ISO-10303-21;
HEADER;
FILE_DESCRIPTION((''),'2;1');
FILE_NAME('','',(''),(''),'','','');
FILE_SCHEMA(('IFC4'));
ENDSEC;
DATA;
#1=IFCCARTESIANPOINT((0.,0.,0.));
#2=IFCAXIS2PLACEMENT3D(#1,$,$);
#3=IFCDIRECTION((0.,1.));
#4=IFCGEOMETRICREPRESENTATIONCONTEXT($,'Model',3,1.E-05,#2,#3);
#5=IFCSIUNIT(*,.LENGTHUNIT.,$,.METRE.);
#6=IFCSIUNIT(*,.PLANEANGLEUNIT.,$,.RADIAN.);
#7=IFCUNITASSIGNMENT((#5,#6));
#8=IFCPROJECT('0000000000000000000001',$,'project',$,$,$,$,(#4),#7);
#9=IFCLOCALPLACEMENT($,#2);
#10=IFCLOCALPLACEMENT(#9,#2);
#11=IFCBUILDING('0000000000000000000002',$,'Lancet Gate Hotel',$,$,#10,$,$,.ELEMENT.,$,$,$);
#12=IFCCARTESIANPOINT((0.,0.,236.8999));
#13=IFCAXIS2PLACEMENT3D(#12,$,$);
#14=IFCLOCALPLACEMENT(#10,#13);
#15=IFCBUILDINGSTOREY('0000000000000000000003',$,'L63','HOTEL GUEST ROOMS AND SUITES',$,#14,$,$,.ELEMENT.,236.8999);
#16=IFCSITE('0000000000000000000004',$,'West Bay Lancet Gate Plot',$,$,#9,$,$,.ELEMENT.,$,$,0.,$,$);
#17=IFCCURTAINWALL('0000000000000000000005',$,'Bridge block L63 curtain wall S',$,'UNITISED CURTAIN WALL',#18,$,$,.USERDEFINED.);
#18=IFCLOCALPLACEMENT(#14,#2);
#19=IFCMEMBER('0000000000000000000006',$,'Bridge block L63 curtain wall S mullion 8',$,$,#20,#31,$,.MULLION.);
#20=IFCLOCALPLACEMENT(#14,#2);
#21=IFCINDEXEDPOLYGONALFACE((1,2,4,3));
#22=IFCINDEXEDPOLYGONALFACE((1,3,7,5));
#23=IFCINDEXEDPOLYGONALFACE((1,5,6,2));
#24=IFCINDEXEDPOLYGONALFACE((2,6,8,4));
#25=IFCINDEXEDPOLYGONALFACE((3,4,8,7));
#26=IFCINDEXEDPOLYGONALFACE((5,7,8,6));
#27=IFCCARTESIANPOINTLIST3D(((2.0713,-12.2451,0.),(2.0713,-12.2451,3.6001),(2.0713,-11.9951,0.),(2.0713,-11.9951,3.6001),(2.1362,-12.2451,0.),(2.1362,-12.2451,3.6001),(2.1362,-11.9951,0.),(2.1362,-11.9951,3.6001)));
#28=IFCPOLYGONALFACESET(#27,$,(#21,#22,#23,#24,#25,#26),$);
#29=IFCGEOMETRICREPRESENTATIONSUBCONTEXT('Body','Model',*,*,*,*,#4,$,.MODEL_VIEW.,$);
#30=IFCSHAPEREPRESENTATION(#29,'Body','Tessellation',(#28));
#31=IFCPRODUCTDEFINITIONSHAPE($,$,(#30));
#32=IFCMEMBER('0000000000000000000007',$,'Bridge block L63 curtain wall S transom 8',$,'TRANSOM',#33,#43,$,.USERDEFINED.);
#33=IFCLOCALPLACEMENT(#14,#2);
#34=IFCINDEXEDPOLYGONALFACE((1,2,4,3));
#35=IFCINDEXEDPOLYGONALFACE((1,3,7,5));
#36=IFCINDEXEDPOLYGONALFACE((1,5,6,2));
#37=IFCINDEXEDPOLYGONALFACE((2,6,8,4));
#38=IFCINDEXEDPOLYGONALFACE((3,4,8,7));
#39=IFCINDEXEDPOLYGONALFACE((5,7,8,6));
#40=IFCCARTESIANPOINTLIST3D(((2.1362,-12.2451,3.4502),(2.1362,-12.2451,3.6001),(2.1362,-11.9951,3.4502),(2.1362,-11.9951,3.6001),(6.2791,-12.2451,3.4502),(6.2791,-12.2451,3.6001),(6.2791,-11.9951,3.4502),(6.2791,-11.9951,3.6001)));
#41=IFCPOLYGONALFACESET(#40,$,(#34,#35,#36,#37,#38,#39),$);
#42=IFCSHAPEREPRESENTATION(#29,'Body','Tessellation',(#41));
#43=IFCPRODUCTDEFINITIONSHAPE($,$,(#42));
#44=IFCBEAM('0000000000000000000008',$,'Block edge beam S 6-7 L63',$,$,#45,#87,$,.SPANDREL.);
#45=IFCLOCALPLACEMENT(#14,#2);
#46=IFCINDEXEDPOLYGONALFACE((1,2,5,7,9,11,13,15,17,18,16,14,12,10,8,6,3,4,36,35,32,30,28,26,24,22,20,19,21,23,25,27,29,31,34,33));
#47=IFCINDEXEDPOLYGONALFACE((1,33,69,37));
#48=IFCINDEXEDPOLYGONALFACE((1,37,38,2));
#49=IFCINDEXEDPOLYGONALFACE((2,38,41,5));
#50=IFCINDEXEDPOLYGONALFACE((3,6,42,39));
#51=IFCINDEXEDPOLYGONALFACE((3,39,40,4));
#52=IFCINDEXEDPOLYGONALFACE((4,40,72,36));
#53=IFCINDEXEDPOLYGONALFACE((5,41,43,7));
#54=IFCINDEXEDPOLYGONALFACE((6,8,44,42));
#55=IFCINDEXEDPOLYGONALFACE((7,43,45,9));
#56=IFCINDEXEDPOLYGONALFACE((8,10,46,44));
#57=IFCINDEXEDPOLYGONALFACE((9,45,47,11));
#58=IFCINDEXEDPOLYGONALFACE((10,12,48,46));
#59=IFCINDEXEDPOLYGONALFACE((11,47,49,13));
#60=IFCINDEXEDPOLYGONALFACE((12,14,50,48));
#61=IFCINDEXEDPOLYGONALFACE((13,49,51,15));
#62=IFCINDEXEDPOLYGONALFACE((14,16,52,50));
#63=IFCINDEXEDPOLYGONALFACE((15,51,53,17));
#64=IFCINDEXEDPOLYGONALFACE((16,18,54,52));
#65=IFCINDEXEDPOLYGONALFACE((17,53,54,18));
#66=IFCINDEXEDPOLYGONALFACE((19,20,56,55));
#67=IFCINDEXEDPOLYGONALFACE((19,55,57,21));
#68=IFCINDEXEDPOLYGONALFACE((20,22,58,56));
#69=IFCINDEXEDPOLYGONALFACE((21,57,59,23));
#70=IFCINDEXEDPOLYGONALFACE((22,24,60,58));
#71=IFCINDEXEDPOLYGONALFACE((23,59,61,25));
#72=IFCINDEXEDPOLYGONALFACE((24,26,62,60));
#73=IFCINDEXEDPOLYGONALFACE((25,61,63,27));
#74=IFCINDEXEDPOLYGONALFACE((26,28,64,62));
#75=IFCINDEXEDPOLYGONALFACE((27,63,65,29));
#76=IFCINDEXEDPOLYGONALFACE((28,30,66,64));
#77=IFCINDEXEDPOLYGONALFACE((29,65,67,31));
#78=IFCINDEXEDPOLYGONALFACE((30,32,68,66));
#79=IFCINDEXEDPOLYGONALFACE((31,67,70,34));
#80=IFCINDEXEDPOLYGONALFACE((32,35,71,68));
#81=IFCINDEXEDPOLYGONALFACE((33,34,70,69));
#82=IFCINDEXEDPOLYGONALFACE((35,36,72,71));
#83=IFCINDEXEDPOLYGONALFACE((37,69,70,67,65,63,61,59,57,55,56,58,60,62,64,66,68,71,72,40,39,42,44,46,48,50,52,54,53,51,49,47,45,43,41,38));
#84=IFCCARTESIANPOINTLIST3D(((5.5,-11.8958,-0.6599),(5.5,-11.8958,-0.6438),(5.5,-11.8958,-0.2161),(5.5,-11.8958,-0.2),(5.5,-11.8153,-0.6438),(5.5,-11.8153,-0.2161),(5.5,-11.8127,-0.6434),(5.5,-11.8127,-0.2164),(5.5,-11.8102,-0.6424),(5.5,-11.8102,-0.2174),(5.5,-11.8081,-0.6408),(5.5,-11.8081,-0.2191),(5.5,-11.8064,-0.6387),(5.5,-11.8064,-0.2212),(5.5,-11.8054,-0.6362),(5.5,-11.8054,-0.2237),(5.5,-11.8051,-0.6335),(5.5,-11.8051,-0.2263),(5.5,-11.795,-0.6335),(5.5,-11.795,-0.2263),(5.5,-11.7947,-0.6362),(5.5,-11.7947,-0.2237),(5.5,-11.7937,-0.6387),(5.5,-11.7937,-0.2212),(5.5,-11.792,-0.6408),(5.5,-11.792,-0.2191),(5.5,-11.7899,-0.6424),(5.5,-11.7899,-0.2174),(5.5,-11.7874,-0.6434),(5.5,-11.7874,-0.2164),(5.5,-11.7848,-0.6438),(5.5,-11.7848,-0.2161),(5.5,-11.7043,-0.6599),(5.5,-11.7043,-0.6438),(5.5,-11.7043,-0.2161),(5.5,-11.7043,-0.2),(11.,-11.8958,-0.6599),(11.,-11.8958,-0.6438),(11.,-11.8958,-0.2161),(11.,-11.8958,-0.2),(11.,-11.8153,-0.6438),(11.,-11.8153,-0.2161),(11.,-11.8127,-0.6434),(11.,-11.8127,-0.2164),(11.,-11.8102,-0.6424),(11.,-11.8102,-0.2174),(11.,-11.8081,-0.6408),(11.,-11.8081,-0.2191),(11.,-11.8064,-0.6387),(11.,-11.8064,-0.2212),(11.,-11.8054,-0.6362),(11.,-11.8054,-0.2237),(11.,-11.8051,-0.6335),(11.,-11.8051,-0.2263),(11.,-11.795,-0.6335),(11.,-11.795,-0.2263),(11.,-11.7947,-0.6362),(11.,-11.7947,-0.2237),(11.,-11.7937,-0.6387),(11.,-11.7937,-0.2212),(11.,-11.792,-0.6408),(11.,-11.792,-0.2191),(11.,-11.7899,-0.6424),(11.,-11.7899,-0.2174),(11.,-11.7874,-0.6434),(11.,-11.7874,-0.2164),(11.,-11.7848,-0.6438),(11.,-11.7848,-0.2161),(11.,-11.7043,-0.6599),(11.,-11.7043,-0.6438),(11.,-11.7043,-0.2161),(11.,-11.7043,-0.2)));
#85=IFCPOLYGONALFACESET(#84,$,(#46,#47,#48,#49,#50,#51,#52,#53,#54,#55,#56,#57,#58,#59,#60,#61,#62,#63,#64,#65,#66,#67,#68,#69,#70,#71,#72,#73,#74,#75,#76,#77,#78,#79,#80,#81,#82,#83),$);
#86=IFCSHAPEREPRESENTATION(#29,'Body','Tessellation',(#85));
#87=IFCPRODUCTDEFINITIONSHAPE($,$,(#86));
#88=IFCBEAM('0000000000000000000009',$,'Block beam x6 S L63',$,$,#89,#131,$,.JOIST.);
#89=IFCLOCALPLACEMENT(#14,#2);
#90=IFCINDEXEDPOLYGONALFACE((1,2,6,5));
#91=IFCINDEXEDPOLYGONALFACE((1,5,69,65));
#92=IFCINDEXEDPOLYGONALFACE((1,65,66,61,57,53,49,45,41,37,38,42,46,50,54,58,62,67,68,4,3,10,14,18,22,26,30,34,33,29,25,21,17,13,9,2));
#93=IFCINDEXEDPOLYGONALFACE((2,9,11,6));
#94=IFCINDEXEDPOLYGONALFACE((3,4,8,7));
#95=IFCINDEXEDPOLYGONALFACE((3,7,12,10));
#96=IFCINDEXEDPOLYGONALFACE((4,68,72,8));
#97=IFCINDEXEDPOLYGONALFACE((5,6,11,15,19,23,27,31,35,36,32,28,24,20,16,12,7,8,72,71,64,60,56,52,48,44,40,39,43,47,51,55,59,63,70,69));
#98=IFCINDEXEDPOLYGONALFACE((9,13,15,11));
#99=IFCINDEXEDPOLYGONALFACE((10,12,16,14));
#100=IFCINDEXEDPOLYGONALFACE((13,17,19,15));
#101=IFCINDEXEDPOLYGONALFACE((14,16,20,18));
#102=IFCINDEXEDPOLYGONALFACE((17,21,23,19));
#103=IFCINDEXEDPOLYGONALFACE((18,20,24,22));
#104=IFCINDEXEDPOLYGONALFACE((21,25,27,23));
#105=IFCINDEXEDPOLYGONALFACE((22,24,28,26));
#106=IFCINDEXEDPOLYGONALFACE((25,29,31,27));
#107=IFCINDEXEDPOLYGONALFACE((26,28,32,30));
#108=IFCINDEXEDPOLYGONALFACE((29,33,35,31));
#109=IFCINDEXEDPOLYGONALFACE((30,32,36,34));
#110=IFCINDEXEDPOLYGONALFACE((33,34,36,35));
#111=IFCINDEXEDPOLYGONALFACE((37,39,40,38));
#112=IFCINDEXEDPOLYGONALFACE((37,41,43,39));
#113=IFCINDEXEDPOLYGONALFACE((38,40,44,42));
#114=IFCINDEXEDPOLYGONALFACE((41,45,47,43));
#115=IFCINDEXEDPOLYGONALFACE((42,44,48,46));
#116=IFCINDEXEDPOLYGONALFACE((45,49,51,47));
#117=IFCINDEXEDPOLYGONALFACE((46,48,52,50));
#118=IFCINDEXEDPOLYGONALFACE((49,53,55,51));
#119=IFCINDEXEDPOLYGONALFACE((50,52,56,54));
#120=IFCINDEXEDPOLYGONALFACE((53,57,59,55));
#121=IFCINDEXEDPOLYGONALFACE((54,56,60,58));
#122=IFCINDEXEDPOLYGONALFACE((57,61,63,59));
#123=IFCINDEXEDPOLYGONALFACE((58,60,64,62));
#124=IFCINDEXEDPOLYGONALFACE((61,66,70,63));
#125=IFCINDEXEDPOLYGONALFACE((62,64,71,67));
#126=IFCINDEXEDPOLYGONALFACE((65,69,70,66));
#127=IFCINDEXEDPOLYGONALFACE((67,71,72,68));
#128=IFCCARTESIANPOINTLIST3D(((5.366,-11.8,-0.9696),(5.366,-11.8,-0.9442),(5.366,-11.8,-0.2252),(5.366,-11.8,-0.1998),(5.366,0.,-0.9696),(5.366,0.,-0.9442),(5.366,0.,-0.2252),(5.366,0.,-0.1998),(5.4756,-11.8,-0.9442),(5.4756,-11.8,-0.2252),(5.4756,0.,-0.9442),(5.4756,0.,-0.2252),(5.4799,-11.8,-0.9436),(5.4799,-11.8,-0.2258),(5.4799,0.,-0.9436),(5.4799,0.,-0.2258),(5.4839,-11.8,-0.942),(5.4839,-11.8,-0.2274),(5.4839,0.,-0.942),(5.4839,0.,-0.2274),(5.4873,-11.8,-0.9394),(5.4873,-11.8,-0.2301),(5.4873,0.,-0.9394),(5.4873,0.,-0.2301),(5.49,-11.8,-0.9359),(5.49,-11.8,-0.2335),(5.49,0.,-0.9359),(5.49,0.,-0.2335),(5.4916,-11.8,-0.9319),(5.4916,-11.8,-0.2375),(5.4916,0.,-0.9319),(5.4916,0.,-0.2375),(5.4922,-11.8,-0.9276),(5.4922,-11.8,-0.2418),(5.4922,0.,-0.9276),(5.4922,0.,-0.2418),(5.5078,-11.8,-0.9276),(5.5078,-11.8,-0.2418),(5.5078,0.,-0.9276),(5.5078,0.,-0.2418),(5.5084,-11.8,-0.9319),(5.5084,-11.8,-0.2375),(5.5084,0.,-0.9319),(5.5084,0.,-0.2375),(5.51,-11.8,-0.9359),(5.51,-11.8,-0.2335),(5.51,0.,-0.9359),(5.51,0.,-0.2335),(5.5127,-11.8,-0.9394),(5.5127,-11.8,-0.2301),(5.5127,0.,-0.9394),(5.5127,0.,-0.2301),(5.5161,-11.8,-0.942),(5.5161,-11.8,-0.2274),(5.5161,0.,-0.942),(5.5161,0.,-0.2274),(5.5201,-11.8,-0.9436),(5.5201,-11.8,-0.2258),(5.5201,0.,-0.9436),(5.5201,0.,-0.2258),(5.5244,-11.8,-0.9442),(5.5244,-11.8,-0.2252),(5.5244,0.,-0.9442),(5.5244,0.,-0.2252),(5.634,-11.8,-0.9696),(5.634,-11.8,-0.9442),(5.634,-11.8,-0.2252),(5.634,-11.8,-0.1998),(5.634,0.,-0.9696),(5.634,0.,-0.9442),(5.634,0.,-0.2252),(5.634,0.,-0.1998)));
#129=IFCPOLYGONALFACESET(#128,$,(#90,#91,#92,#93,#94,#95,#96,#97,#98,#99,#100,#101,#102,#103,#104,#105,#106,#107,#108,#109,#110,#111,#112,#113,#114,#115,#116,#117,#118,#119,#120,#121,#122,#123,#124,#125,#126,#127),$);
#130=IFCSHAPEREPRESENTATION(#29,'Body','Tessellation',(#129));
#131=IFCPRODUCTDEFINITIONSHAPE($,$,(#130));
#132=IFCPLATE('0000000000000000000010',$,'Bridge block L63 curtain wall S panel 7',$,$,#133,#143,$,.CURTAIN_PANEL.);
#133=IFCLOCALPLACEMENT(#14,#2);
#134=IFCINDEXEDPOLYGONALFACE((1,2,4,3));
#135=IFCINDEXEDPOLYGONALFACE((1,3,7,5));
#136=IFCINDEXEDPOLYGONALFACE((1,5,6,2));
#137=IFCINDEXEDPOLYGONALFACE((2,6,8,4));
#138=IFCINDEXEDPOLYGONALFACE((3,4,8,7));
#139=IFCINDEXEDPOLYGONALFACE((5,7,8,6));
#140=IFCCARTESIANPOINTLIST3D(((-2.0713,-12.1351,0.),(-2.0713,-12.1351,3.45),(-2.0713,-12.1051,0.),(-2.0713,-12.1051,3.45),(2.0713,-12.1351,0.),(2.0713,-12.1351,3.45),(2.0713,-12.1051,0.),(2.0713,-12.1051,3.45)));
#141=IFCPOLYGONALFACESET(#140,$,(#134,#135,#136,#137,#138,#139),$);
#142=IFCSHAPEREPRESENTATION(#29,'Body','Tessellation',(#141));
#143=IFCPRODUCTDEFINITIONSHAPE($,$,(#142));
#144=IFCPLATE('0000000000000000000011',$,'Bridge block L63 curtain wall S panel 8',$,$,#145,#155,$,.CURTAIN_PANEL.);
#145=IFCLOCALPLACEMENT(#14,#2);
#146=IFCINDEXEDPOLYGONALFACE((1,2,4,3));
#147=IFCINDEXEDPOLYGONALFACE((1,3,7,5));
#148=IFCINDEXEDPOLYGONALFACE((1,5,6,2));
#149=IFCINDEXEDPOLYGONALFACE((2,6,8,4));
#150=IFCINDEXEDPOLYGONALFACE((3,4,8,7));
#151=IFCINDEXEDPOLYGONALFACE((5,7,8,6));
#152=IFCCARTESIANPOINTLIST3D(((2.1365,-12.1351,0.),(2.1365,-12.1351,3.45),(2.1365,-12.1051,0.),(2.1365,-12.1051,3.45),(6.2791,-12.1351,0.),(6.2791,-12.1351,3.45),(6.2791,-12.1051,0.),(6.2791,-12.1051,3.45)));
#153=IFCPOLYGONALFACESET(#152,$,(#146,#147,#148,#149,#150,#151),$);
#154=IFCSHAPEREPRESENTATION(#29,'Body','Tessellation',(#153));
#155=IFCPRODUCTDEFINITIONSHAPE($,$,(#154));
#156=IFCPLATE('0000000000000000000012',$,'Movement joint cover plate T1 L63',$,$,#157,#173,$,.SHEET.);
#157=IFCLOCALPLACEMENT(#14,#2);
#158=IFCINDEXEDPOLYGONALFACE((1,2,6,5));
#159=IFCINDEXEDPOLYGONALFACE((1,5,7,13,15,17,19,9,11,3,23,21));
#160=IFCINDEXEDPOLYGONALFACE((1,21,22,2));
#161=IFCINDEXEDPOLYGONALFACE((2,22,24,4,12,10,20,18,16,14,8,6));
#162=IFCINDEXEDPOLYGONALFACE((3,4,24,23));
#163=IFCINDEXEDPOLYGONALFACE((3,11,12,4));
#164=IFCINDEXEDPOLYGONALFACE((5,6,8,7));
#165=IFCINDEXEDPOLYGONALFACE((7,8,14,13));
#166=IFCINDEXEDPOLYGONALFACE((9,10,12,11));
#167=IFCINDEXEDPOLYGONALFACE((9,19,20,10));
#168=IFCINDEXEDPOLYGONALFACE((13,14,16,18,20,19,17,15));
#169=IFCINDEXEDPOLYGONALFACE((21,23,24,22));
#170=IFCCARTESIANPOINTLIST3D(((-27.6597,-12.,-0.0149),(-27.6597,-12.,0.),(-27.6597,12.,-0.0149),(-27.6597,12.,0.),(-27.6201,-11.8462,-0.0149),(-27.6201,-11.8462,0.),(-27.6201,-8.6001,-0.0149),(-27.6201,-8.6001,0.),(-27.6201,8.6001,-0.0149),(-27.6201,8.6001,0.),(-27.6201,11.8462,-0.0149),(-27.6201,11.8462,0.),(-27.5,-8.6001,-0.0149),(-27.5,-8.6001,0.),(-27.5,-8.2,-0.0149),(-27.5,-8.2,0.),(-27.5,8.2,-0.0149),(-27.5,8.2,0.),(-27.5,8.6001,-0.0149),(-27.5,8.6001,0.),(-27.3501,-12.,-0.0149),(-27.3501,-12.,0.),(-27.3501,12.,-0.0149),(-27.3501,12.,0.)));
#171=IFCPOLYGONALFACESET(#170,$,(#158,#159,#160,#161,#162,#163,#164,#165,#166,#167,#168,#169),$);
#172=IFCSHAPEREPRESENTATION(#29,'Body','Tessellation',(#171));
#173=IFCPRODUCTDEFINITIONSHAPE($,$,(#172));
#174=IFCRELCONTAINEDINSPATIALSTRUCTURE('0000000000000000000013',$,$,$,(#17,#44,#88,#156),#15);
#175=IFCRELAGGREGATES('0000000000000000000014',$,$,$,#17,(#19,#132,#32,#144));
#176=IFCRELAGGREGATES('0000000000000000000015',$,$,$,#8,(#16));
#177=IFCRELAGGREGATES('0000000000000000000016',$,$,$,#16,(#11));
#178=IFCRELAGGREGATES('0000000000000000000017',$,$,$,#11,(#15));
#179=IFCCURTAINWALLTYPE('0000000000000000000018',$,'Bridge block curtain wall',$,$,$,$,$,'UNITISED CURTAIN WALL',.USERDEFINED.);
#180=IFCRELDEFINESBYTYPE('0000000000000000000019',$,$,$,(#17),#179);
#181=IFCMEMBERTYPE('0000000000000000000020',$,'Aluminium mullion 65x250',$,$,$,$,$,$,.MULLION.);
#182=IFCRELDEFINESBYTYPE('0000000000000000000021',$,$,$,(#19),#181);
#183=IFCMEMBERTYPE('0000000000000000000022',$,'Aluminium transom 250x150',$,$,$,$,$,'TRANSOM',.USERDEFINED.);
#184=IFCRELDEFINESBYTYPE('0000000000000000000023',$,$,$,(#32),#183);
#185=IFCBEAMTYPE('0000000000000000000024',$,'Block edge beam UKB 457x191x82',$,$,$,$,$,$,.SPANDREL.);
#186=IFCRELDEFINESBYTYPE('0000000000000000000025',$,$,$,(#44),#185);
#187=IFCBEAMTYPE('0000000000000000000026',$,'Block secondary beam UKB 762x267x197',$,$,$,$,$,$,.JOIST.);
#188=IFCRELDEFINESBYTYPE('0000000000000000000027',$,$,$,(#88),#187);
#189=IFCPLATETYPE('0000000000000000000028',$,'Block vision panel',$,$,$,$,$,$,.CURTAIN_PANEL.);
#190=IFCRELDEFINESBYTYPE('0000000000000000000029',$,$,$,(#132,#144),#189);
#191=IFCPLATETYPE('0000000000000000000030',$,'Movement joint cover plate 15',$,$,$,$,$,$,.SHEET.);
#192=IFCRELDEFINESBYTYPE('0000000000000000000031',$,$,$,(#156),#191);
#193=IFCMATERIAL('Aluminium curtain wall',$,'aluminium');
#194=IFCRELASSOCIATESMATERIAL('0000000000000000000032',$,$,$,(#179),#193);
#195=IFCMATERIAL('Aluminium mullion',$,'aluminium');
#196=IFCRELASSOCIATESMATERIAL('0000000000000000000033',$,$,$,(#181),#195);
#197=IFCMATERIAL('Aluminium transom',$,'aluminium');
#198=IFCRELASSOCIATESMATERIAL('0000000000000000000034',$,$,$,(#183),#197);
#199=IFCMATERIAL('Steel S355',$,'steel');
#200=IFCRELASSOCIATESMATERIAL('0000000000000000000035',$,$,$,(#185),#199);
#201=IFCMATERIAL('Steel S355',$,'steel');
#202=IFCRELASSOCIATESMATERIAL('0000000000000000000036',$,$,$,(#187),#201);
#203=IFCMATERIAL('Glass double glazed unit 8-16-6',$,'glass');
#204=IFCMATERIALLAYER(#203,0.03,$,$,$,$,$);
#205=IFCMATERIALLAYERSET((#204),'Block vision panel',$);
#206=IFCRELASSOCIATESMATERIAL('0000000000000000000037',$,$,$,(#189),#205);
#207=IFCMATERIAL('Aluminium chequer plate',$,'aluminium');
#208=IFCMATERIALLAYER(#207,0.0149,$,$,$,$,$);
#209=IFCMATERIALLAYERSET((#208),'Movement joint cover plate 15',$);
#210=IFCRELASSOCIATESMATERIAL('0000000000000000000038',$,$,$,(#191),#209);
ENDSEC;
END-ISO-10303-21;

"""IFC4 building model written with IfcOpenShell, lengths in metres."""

from ifc_helpers import new_model, si_unit, direction, frame, origin, origin_2d, place, context, subcontext, project, spatial, polyline, rectangle, i_section, outline, extrude, material, layer, layer_set, material_profile, profile_set, type_object, element, aggregate, save


model = new_model("IFC4")

# Units and contexts
model_context = context("Model", 3, precision=1e-05, world=origin(), true_north=direction((0.0, 1.0)))
body_context = subcontext(model_context, "Body", "Model", "MODEL_VIEW")
ifc_project = project(units=[si_unit("LENGTHUNIT", "METRE"), si_unit("PLANEANGLEUNIT", "RADIAN")], contexts=[model_context])

# Site, building, storey
site_placement = place(None, origin())
site = spatial("IfcSite", under=ifc_project, at=site_placement, Name="West Bay Lancet Gate Plot", CompositionType="ELEMENT", RefElevation=0.0)
building_placement = place(site_placement, origin())
building = spatial("IfcBuilding", under=site, at=building_placement, Name="Lancet Gate Hotel", CompositionType="ELEMENT")
storey_placement = place(building_placement, frame((0.0, 0.0, 236.8999)))
storey = spatial("IfcBuildingStorey", under=building, at=storey_placement, Name="L63", Description="HOTEL GUEST ROOMS AND SUITES", CompositionType="ELEMENT", Elevation=236.8999)

# Curtain wall, members
ifc_material_1 = material(Name="Aluminium curtain wall", Category="aluminium")
curtain_wall_type = type_object("IfcCurtainWallType", Name="Bridge block curtain wall", ElementType="UNITISED CURTAIN WALL", PredefinedType="USERDEFINED", material=ifc_material_1)
curtain_wall_placement = place(storey_placement, origin())
curtain_wall = element("IfcCurtainWall", 1, at=curtain_wall_placement, inside=storey, type_object=curtain_wall_type, Name="Bridge block L63 curtain wall S", ObjectType="UNITISED CURTAIN WALL", PredefinedType="USERDEFINED")
ifc_material_2 = material(Name="Aluminium mullion", Category="aluminium")
ifc_material_profile_1 = material_profile(ifc_material_2, rectangle(XDim=0.0649, YDim=0.25, at=origin_2d()), Name="MULLION 65x250")
ifc_profile_set_1 = profile_set([ifc_material_profile_1], Name="Aluminium mullion")
member_type_1 = type_object("IfcMemberType", Name="Aluminium mullion 65x250", PredefinedType="MULLION", material=ifc_profile_set_1)
member_1_placement = place(storey_placement, frame((2.1038, -12.1201, 0.0), z_axis=(0.0, 0.0, 1.0), x_axis=(1.0, 0.0, 0.0)))
member_1 = element("IfcMember", 2, at=member_1_placement, type_object=member_type_1, Name="Bridge block L63 curtain wall S mullion 8", PredefinedType="MULLION", context=body_context, shape_type="SweptSolid", body=[
    extrude(rectangle(XDim=0.0649, YDim=0.25, at=origin_2d()), origin(), (0.0, 0.0, 1.0), 3.6001),
])
ifc_material_3 = material(Name="Aluminium transom", Category="aluminium")
ifc_material_profile_2 = material_profile(ifc_material_3, rectangle(XDim=0.25, YDim=0.1499, at=origin_2d()), Name="TRANSOM 250x150")
ifc_profile_set_2 = profile_set([ifc_material_profile_2], Name="Aluminium transom")
member_type_2 = type_object("IfcMemberType", Name="Aluminium transom 250x150", ElementType="TRANSOM", PredefinedType="USERDEFINED", material=ifc_profile_set_2)
member_2_placement = place(storey_placement, frame((2.1362, -12.1201, 3.5251), z_axis=(1.0, 0.0, 0.0), x_axis=(0.0, 1.0, 0.0)))
member_2 = element("IfcMember", 3, at=member_2_placement, type_object=member_type_2, Name="Bridge block L63 curtain wall S transom 8", ObjectType="TRANSOM", PredefinedType="USERDEFINED", context=body_context, shape_type="SweptSolid", body=[
    extrude(rectangle(XDim=0.25, YDim=0.1499, at=origin_2d()), origin(), (0.0, 0.0, 1.0), 4.1428),
])

# Beams
ifc_material_4 = material(Name="Steel S355", Category="steel")
ifc_material_profile_3 = material_profile(ifc_material_4, i_section(OverallWidth=0.1914, OverallDepth=0.46, WebThickness=0.01, FlangeThickness=0.0161, FilletRadius=0.0103, at=origin_2d()), Name="UKB 457x191x82")
ifc_profile_set_3 = profile_set([ifc_material_profile_3], Name="Steel S355")
beam_type_1 = type_object("IfcBeamType", Name="Block edge beam UKB 457x191x82", PredefinedType="SPANDREL", material=ifc_profile_set_3)
beam_1_placement = place(storey_placement, frame((5.5, -11.8, -0.4299), z_axis=(1.0, 0.0, 0.0), x_axis=(0.0, 1.0, 0.0)))
element("IfcBeam", 4, at=beam_1_placement, inside=storey, type_object=beam_type_1, Name="Block edge beam S 6-7 L63", PredefinedType="SPANDREL", context=body_context, shape_type="SweptSolid", body=[
    extrude(i_section(OverallWidth=0.1914, OverallDepth=0.46, WebThickness=0.01, FlangeThickness=0.0161, FilletRadius=0.0103, at=origin_2d()), origin(), (0.0, 0.0, 1.0), 5.5),
])
ifc_material_5 = material(Name="Steel S355", Category="steel")
ifc_material_profile_4 = material_profile(ifc_material_5, i_section(OverallWidth=0.2681, OverallDepth=0.7698, WebThickness=0.0156, FlangeThickness=0.0254, FilletRadius=0.0166, at=origin_2d()), Name="UKB 762x267x197")
ifc_profile_set_4 = profile_set([ifc_material_profile_4], Name="Steel S355")
beam_type_2 = type_object("IfcBeamType", Name="Block secondary beam UKB 762x267x197", PredefinedType="JOIST", material=ifc_profile_set_4)
beam_2_placement = place(storey_placement, frame((5.5, -11.8, -0.5847), z_axis=(0.0, 1.0, 0.0), x_axis=(-1.0, 0.0, 0.0)))
element("IfcBeam", 5, at=beam_2_placement, inside=storey, type_object=beam_type_2, Name="Block beam x6 S L63", PredefinedType="JOIST", context=body_context, shape_type="SweptSolid", body=[
    extrude(i_section(OverallWidth=0.2681, OverallDepth=0.7698, WebThickness=0.0156, FlangeThickness=0.0254, FilletRadius=0.0166, at=origin_2d()), origin(), (0.0, 0.0, 1.0), 11.8),
])

# Plates
ifc_material_6 = material(Name="Glass double glazed unit 8-16-6", Category="glass")
ifc_layer_1 = layer(ifc_material_6, 0.03)
ifc_layer_set_1 = layer_set([ifc_layer_1], Name="Block vision panel")
plate_type_1 = type_object("IfcPlateType", Name="Block vision panel", PredefinedType="CURTAIN_PANEL", material=ifc_layer_set_1)
plate_1_placement = place(storey_placement, frame((0.0, -12.1201, 0.0), z_axis=(0.0, 0.0, 1.0), x_axis=(1.0, 0.0, 0.0)))
plate_1 = element("IfcPlate", 6, at=plate_1_placement, type_object=plate_type_1, Name="Bridge block L63 curtain wall S panel 7", PredefinedType="CURTAIN_PANEL", context=body_context, shape_type="SweptSolid", body=[
    extrude(rectangle(XDim=4.1426, YDim=0.03, at=origin_2d()), origin(), (0.0, 0.0, 1.0), 3.45),
])
plate_2_placement = place(storey_placement, frame((4.2078, -12.1201, 0.0), z_axis=(0.0, 0.0, 1.0), x_axis=(1.0, 0.0, 0.0)))
plate_2 = element("IfcPlate", 7, at=plate_2_placement, type_object=plate_type_1, Name="Bridge block L63 curtain wall S panel 8", PredefinedType="CURTAIN_PANEL", context=body_context, shape_type="SweptSolid", body=[
    extrude(rectangle(XDim=4.1426, YDim=0.03, at=origin_2d()), origin(), (0.0, 0.0, 1.0), 3.45),
])
aggregate(curtain_wall, [member_1, plate_1, member_2, plate_2])

# Plate
ifc_material_7 = material(Name="Aluminium chequer plate", Category="aluminium")
ifc_layer_2 = layer(ifc_material_7, 0.0149)
ifc_layer_set_2 = layer_set([ifc_layer_2], Name="Movement joint cover plate 15")
plate_type_2 = type_object("IfcPlateType", Name="Movement joint cover plate 15", PredefinedType="SHEET", material=ifc_layer_set_2)
plate_3_placement = place(storey_placement, frame((0.0, 0.0, -0.0149)))
element("IfcPlate", 8, at=plate_3_placement, inside=storey, type_object=plate_type_2, Name="Movement joint cover plate T1 L63", PredefinedType="SHEET", context=body_context, shape_type="SweptSolid", body=[
    extrude(outline(polyline([(-27.3501, 12.0), (-27.6597, 12.0), (-27.6201, 11.8462), (-27.6201, 8.6001), (-27.5, 8.6001), (-27.5, 8.2), (-27.5, -8.2), (-27.5, -8.6001), (-27.6201, -8.6001), (-27.6201, -11.8462), (-27.6597, -12.0), (-27.3501, -12.0), (-27.3501, 12.0)])), origin(), (0.0, 0.0, 1.0), 0.0149),
])

save(model, "model.ifc")
